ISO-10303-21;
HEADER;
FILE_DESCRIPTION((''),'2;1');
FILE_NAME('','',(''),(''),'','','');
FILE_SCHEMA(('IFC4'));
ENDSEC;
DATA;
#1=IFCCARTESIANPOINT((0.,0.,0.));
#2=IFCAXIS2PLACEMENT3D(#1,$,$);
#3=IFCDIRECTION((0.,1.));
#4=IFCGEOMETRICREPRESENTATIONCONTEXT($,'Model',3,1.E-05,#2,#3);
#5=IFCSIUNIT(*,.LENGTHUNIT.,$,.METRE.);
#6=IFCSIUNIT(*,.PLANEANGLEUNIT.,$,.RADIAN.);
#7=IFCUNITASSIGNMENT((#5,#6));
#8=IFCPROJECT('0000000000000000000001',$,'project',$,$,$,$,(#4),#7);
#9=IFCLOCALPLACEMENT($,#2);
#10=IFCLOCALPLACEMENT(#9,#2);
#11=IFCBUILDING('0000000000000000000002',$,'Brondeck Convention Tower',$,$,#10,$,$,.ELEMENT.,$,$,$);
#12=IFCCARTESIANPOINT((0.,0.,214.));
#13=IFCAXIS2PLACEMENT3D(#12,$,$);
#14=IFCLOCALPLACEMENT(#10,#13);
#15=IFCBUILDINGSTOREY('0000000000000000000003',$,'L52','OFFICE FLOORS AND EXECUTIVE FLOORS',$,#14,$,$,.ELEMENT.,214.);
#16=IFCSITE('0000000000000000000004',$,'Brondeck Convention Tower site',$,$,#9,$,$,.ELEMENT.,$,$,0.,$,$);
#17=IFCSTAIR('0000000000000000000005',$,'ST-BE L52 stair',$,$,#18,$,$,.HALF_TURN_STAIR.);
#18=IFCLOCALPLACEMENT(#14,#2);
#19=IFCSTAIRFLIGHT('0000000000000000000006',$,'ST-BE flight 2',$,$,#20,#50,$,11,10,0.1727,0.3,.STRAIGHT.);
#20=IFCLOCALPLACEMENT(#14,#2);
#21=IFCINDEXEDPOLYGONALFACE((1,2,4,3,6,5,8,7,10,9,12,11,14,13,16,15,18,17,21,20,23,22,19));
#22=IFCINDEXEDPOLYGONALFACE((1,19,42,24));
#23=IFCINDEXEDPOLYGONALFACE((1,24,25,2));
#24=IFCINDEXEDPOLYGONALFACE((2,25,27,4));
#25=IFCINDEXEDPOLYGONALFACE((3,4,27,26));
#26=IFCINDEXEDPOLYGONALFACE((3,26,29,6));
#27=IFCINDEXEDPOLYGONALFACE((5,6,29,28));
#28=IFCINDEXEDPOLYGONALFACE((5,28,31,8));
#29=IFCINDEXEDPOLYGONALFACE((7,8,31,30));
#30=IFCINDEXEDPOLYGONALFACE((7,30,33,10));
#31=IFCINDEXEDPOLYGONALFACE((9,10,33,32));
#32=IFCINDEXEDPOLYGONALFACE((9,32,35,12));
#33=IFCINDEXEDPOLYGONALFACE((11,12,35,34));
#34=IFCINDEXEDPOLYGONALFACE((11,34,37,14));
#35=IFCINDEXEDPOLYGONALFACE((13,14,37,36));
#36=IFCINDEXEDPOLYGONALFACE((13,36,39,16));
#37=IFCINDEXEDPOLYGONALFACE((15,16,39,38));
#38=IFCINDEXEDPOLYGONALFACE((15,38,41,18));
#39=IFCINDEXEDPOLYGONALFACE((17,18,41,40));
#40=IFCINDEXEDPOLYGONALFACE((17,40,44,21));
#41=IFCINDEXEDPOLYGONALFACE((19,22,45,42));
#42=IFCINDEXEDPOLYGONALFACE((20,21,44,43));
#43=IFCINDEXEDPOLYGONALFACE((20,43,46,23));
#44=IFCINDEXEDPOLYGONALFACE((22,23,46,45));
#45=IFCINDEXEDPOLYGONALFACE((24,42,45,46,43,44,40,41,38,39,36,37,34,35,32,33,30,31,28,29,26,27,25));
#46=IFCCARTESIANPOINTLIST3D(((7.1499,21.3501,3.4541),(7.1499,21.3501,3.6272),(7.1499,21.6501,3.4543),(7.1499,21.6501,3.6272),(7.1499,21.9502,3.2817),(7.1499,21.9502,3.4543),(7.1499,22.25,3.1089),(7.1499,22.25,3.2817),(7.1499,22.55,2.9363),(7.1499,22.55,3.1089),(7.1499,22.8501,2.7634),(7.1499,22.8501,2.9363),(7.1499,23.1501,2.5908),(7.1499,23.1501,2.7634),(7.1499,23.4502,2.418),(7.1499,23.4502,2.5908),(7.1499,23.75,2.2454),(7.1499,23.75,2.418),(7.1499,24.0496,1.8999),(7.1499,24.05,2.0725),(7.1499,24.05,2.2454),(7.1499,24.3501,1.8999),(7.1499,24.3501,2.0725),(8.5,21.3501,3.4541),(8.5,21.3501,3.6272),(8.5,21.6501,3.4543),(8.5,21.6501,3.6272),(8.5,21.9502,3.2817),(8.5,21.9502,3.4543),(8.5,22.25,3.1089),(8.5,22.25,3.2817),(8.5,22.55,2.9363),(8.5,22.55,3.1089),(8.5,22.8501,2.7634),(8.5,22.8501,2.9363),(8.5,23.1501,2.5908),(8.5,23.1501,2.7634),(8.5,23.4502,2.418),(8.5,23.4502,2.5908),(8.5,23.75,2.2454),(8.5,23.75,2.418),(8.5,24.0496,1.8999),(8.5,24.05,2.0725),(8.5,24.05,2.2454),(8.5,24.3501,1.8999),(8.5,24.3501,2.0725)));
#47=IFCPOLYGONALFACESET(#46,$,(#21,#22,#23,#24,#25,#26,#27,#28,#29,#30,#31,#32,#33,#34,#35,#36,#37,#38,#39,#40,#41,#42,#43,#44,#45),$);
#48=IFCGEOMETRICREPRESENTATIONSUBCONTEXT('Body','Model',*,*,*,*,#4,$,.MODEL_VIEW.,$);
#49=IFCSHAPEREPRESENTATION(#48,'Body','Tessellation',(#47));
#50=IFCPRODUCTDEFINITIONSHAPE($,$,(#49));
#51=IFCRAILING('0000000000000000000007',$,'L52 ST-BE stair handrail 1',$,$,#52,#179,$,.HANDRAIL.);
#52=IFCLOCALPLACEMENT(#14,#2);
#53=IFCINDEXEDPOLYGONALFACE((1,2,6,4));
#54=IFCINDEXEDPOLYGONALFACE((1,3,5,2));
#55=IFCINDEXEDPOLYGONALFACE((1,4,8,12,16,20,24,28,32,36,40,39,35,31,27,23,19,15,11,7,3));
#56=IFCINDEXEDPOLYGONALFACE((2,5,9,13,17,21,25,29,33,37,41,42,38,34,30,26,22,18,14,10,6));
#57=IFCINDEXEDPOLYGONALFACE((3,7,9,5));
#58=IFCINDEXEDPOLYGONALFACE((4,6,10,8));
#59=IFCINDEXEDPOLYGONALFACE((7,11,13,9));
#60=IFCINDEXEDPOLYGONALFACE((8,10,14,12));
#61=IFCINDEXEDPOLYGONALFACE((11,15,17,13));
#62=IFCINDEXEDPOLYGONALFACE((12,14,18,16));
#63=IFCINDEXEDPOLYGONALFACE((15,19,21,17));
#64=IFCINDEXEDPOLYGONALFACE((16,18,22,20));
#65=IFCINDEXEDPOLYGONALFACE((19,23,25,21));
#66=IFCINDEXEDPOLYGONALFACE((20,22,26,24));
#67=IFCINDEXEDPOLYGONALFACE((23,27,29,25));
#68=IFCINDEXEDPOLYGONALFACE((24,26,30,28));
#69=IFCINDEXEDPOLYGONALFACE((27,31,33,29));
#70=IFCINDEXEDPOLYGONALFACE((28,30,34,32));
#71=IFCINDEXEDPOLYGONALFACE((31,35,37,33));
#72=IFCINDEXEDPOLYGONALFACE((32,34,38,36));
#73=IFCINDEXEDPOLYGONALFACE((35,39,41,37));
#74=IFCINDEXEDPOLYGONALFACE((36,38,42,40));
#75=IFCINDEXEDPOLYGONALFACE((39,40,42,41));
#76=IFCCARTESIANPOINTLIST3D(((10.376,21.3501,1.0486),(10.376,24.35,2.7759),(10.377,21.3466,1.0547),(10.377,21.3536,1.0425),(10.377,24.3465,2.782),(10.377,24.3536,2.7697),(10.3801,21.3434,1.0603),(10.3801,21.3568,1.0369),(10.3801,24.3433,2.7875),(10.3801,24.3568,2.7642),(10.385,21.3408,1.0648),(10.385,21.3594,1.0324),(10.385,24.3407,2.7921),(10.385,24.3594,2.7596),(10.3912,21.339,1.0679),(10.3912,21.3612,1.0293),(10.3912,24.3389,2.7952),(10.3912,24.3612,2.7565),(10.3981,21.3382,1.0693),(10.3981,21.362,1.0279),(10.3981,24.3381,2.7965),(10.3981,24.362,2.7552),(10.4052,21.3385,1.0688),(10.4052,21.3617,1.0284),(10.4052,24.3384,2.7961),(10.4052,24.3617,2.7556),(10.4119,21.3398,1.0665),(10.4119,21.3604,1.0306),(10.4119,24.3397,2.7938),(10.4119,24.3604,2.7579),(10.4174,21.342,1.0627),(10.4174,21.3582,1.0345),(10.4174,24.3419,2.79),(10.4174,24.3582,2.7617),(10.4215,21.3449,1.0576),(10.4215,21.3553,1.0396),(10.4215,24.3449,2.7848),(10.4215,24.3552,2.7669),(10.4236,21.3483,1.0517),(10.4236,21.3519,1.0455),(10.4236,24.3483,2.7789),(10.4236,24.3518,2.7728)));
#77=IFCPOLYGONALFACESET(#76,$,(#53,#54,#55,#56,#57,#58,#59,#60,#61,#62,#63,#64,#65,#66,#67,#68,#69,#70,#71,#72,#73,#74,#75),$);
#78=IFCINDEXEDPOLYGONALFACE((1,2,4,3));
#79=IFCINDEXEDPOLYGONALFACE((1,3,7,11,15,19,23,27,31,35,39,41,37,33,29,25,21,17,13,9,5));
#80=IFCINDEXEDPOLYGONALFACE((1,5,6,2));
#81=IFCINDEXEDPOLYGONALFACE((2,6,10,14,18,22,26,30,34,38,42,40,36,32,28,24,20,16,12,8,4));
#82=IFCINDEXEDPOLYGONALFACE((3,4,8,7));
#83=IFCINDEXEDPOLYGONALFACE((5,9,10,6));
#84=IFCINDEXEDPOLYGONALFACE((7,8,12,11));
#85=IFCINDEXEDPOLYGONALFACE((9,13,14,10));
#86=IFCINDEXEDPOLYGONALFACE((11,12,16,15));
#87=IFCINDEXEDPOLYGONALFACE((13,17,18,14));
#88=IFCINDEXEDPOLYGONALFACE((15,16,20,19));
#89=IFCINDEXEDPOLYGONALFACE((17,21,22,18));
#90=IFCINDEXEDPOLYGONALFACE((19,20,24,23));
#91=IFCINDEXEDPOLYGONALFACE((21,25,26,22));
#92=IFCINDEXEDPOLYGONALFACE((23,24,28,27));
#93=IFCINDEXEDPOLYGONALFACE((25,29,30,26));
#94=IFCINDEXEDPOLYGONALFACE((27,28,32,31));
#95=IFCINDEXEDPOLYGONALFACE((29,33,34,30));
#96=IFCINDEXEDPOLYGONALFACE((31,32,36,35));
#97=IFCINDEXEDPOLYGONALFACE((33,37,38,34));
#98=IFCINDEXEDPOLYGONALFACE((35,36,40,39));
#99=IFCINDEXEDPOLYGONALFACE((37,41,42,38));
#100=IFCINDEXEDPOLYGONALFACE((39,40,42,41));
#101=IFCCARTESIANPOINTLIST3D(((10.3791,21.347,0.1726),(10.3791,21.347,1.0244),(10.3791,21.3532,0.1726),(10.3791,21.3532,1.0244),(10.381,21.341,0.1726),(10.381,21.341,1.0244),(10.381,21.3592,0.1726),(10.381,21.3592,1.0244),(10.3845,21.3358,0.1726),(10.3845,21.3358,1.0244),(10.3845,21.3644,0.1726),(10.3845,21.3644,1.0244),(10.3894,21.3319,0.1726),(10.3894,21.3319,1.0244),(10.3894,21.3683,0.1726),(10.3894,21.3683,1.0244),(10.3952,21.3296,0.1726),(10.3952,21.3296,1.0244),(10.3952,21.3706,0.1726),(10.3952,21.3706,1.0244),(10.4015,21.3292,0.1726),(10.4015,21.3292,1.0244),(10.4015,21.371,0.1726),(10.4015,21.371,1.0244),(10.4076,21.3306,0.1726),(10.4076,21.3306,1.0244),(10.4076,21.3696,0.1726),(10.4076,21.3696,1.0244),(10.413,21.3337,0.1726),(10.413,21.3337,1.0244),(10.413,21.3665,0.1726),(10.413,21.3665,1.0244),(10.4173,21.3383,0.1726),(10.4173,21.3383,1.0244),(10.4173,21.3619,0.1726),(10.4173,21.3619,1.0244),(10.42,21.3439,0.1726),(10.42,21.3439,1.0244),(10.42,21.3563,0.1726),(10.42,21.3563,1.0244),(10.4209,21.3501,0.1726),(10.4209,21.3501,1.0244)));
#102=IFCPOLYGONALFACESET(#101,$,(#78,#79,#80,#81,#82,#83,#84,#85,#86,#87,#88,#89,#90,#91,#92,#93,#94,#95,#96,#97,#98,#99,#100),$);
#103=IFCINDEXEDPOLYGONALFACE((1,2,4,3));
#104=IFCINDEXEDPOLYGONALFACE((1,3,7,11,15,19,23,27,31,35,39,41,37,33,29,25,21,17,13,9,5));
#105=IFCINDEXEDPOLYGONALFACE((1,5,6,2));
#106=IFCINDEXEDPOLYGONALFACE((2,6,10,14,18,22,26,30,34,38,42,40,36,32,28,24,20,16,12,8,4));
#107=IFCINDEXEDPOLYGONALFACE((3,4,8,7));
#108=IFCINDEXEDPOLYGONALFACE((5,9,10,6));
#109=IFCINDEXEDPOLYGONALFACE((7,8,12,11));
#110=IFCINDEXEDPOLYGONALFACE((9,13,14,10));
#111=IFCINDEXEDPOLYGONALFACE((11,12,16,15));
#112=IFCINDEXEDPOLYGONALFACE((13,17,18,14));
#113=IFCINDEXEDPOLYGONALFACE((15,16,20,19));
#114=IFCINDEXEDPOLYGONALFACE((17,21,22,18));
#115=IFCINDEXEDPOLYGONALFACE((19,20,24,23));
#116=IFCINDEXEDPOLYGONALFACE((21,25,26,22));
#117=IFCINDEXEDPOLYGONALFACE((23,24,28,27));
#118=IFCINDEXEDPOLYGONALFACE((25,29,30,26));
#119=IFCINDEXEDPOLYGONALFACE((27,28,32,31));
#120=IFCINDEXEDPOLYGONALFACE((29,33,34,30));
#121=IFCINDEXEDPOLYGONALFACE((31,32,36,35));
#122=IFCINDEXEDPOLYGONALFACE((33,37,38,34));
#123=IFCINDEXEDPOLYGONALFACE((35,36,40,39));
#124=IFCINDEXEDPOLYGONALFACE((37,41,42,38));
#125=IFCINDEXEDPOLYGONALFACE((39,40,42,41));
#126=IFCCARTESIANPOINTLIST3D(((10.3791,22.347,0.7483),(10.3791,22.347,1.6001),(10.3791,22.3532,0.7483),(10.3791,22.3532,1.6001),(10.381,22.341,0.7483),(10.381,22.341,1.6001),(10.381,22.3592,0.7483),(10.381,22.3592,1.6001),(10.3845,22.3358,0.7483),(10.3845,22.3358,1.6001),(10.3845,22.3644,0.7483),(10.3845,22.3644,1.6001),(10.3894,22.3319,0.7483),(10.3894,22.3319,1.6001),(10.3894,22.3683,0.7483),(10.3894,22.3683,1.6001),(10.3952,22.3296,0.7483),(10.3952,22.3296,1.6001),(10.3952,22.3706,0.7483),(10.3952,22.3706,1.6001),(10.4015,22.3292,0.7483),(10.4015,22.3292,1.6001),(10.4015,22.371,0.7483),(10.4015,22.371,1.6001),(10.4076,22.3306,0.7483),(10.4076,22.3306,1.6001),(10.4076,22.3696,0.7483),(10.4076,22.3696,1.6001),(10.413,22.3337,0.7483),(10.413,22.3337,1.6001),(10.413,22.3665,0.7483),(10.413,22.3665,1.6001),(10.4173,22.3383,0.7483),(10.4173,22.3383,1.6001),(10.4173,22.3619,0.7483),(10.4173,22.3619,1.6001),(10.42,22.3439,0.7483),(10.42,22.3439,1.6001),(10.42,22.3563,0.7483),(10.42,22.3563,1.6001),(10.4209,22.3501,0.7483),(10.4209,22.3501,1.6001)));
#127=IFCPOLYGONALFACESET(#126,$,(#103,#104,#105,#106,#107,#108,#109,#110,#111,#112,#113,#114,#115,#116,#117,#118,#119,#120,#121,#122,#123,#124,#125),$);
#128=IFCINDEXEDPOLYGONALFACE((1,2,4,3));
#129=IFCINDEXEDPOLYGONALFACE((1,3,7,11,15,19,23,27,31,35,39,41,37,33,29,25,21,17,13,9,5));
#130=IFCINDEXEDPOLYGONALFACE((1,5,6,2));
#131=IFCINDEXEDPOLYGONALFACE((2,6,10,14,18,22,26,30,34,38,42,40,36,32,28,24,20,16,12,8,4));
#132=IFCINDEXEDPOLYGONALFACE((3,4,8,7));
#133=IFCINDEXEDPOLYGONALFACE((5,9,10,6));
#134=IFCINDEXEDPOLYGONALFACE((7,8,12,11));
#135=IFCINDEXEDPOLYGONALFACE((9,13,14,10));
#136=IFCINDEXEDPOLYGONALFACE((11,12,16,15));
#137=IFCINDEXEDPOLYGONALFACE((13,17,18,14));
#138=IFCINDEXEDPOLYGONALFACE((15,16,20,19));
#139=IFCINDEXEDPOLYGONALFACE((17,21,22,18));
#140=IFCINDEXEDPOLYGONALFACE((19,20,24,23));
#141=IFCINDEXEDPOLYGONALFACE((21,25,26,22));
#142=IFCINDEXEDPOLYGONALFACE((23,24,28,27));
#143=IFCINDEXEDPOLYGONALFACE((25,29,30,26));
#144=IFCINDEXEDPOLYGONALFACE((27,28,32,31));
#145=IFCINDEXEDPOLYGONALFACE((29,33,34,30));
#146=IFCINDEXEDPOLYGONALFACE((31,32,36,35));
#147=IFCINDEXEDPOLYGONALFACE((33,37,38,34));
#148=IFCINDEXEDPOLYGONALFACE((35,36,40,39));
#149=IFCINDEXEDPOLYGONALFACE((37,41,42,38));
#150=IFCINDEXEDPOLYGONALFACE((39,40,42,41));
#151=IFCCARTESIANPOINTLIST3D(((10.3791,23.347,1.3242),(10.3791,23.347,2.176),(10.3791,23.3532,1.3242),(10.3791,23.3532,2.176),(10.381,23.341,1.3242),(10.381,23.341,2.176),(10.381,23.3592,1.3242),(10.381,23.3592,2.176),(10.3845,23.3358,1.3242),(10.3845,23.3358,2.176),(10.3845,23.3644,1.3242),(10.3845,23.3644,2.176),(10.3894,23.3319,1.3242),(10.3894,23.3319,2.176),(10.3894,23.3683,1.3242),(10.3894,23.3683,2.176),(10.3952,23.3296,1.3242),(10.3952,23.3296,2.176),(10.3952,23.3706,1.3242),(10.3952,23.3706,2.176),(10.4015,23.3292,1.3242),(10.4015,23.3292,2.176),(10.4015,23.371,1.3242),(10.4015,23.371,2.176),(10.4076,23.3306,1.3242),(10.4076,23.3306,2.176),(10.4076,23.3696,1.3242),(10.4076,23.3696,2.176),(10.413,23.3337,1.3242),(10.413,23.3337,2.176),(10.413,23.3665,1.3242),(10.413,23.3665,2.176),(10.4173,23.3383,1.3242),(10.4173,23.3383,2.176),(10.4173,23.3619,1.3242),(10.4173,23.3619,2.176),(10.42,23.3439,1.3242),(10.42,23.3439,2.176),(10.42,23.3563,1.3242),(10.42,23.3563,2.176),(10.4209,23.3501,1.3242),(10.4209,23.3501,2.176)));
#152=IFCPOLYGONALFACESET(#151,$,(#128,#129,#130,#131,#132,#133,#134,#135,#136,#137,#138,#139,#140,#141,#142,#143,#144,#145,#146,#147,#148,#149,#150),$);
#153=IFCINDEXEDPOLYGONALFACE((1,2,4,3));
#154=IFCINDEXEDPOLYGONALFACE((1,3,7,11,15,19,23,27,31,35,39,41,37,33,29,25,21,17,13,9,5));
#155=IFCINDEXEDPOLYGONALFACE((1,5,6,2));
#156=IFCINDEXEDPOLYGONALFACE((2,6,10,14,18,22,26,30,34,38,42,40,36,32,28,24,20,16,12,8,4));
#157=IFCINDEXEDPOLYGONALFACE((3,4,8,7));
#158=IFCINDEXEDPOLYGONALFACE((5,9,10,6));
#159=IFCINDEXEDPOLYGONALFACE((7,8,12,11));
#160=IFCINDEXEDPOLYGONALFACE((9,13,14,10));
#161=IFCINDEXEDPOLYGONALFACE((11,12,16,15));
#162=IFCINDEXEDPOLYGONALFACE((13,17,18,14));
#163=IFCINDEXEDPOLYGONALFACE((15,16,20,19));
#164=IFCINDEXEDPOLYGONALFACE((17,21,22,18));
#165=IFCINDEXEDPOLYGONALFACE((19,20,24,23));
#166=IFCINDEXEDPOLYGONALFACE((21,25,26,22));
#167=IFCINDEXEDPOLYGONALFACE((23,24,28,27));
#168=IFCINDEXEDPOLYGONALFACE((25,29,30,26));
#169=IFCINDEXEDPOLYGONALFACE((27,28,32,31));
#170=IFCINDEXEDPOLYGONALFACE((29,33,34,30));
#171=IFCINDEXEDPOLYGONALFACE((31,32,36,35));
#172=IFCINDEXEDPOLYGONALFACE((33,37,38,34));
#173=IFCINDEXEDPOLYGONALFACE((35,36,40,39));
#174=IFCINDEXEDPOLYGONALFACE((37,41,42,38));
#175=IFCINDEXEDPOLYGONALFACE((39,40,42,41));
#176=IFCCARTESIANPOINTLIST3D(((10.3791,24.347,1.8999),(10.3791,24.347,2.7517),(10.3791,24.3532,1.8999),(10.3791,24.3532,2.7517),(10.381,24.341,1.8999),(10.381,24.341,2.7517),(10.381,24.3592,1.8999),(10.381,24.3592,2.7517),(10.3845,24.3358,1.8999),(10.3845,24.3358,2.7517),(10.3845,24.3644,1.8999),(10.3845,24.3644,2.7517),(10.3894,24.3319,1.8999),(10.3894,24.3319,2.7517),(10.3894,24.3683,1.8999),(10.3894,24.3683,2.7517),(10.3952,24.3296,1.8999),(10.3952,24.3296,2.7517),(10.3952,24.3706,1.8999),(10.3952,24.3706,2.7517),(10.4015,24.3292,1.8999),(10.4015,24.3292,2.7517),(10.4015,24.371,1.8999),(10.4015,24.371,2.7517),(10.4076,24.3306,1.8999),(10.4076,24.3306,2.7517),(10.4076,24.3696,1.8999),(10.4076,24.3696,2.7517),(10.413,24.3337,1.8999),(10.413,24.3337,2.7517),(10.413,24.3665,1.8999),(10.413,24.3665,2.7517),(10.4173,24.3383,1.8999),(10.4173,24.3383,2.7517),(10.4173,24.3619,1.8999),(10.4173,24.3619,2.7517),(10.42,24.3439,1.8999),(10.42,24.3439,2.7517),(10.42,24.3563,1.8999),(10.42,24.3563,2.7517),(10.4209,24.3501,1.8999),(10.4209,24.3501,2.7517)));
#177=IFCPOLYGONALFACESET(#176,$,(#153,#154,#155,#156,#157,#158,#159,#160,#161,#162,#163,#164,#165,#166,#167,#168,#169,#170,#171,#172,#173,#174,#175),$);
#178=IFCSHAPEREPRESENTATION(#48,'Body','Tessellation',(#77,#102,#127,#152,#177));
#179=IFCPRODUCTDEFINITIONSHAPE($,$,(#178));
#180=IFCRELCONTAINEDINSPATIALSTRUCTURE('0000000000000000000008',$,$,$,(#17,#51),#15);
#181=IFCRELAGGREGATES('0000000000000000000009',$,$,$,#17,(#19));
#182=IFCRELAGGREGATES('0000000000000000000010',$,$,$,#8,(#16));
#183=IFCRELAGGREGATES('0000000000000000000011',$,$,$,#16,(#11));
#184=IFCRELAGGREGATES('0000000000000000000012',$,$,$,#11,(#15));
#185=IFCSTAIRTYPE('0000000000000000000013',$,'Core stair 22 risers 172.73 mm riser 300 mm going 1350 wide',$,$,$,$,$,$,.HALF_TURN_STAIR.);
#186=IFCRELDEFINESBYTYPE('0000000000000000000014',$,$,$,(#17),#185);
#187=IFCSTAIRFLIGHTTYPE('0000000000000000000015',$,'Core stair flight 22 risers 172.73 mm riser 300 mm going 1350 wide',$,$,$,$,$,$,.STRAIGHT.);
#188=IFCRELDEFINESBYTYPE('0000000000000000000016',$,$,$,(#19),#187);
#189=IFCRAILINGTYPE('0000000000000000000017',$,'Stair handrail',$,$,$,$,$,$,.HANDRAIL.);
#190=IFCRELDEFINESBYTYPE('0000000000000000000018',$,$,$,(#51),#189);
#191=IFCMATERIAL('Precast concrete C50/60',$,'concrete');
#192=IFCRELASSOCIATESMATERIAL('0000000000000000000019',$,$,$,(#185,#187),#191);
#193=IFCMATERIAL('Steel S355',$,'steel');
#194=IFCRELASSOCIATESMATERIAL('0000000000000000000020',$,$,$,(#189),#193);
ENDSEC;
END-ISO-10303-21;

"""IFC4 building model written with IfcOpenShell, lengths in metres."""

from ifc_helpers import new_model, si_unit, direction, frame, origin, origin_2d, place, context, subcontext, project, spatial, polyline, circle, outline, extrude, material, type_object, element, aggregate, save


model = new_model("IFC4")

# Units and contexts
model_context = context("Model", 3, precision=1e-05, world=origin(), true_north=direction((0.0, 1.0)))
body_context = subcontext(model_context, "Body", "Model", "MODEL_VIEW")
ifc_project = project(units=[si_unit("LENGTHUNIT", "METRE"), si_unit("PLANEANGLEUNIT", "RADIAN")], contexts=[model_context])

# Site, building, storey
site_placement = place(None, origin())
site = spatial("IfcSite", under=ifc_project, at=site_placement, Name="Brondeck Convention Tower site", CompositionType="ELEMENT", RefElevation=0.0)
building_placement = place(site_placement, origin())
building = spatial("IfcBuilding", under=site, at=building_placement, Name="Brondeck Convention Tower", CompositionType="ELEMENT")
storey_placement = place(building_placement, frame((0.0, 0.0, 214.0)))
storey = spatial("IfcBuildingStorey", under=building, at=storey_placement, Name="L52", Description="OFFICE FLOORS AND EXECUTIVE FLOORS", CompositionType="ELEMENT", Elevation=214.0)

# Shared definitions
ifc_material_1 = material(Name="Steel S355", Category="steel")

# Stair, stair flight
ifc_material_2 = material(Name="Precast concrete C50/60", Category="concrete")
stair_type = type_object("IfcStairType", Name="Core stair 22 risers 172.73 mm riser 300 mm going 1350 wide", PredefinedType="HALF_TURN_STAIR", material=ifc_material_2)
stair_placement = place(storey_placement, origin())
stair = element("IfcStair", 1, at=stair_placement, inside=storey, type_object=stair_type, Name="ST-BE L52 stair", PredefinedType="HALF_TURN_STAIR")
stair_flight_type = type_object("IfcStairFlightType", Name="Core stair flight 22 risers 172.73 mm riser 300 mm going 1350 wide", PredefinedType="STRAIGHT", material=ifc_material_2)
stair_flight_1_placement = place(storey_placement, frame((7.825, 24.3501, 1.8999), z_axis=(0.0, 0.0, 1.0), x_axis=(0.0, -1.0, 0.0)))
stair_flight_1 = element("IfcStairFlight", 2, at=stair_flight_1_placement, type_object=stair_flight_type, Name="ST-BE flight 2", NumberOfRisers=11, NumberOfTreads=10, PredefinedType="STRAIGHT", RiserHeight=0.1727, TreadLength=0.3, context=body_context, shape_type="SweptSolid", body=[
    extrude(outline(polyline([(0.0, 0.0), (0.0, 0.1726), (0.3, 0.1726), (0.3, 0.3455), (0.6001, 0.3455), (0.6001, 0.5181), (0.8999, 0.5181), (0.8999, 0.6909), (1.2, 0.6909), (1.2, 0.8635), (1.5, 0.8635), (1.5, 1.0364), (1.8, 1.0364), (1.8, 1.209), (2.1001, 1.209), (2.1001, 1.3818), (2.3999, 1.3818), (2.3999, 1.5544), (2.7, 1.5544), (2.7, 1.7273), (3.0, 1.7273), (3.0, 1.8999), (3.0, 1.5542), (0.3005, 0.0), (0.0, 0.0)])), frame((0.0, 0.675, 0.0), z_axis=(0.0, -1.0, 0.0), x_axis=(1.0, 0.0, 0.0)), (0.0, 0.0, 1.0), 1.3501),
])
aggregate(stair, [stair_flight_1])

# Railing
railing_type_1 = type_object("IfcRailingType", Name="Stair handrail", PredefinedType="HANDRAIL", material=ifc_material_1)
railing_1_placement = place(storey_placement, frame((10.3999, 21.3501, 0.1726)))
element("IfcRailing", 3, at=railing_1_placement, inside=storey, type_object=railing_type_1, Name="L52 ST-BE stair handrail 1", PredefinedType="HANDRAIL", context=body_context, shape_type="SweptSolid", body=[
    extrude(circle(Radius=0.0239, at=origin_2d()), frame((0.0, 0.0, 0.876), z_axis=(0.0, 0.86662, 0.498969), x_axis=(-1.0, 0.0, 0.0)), (0.0, 0.0, 1.0), 3.4617),
    extrude(circle(Radius=0.021, at=origin_2d()), origin(), (0.0, 0.0, 1.0), 0.8518),
    extrude(circle(Radius=0.021, at=origin_2d()), frame((0.0, 1.0, 0.5757)), (0.0, 0.0, 1.0), 0.8518),
    extrude(circle(Radius=0.021, at=origin_2d()), frame((0.0, 2.0, 1.1516)), (0.0, 0.0, 1.0), 0.8518),
    extrude(circle(Radius=0.021, at=origin_2d()), frame((0.0, 3.0, 1.7273)), (0.0, 0.0, 1.0), 0.8518),
])

save(model, "model.ifc")
